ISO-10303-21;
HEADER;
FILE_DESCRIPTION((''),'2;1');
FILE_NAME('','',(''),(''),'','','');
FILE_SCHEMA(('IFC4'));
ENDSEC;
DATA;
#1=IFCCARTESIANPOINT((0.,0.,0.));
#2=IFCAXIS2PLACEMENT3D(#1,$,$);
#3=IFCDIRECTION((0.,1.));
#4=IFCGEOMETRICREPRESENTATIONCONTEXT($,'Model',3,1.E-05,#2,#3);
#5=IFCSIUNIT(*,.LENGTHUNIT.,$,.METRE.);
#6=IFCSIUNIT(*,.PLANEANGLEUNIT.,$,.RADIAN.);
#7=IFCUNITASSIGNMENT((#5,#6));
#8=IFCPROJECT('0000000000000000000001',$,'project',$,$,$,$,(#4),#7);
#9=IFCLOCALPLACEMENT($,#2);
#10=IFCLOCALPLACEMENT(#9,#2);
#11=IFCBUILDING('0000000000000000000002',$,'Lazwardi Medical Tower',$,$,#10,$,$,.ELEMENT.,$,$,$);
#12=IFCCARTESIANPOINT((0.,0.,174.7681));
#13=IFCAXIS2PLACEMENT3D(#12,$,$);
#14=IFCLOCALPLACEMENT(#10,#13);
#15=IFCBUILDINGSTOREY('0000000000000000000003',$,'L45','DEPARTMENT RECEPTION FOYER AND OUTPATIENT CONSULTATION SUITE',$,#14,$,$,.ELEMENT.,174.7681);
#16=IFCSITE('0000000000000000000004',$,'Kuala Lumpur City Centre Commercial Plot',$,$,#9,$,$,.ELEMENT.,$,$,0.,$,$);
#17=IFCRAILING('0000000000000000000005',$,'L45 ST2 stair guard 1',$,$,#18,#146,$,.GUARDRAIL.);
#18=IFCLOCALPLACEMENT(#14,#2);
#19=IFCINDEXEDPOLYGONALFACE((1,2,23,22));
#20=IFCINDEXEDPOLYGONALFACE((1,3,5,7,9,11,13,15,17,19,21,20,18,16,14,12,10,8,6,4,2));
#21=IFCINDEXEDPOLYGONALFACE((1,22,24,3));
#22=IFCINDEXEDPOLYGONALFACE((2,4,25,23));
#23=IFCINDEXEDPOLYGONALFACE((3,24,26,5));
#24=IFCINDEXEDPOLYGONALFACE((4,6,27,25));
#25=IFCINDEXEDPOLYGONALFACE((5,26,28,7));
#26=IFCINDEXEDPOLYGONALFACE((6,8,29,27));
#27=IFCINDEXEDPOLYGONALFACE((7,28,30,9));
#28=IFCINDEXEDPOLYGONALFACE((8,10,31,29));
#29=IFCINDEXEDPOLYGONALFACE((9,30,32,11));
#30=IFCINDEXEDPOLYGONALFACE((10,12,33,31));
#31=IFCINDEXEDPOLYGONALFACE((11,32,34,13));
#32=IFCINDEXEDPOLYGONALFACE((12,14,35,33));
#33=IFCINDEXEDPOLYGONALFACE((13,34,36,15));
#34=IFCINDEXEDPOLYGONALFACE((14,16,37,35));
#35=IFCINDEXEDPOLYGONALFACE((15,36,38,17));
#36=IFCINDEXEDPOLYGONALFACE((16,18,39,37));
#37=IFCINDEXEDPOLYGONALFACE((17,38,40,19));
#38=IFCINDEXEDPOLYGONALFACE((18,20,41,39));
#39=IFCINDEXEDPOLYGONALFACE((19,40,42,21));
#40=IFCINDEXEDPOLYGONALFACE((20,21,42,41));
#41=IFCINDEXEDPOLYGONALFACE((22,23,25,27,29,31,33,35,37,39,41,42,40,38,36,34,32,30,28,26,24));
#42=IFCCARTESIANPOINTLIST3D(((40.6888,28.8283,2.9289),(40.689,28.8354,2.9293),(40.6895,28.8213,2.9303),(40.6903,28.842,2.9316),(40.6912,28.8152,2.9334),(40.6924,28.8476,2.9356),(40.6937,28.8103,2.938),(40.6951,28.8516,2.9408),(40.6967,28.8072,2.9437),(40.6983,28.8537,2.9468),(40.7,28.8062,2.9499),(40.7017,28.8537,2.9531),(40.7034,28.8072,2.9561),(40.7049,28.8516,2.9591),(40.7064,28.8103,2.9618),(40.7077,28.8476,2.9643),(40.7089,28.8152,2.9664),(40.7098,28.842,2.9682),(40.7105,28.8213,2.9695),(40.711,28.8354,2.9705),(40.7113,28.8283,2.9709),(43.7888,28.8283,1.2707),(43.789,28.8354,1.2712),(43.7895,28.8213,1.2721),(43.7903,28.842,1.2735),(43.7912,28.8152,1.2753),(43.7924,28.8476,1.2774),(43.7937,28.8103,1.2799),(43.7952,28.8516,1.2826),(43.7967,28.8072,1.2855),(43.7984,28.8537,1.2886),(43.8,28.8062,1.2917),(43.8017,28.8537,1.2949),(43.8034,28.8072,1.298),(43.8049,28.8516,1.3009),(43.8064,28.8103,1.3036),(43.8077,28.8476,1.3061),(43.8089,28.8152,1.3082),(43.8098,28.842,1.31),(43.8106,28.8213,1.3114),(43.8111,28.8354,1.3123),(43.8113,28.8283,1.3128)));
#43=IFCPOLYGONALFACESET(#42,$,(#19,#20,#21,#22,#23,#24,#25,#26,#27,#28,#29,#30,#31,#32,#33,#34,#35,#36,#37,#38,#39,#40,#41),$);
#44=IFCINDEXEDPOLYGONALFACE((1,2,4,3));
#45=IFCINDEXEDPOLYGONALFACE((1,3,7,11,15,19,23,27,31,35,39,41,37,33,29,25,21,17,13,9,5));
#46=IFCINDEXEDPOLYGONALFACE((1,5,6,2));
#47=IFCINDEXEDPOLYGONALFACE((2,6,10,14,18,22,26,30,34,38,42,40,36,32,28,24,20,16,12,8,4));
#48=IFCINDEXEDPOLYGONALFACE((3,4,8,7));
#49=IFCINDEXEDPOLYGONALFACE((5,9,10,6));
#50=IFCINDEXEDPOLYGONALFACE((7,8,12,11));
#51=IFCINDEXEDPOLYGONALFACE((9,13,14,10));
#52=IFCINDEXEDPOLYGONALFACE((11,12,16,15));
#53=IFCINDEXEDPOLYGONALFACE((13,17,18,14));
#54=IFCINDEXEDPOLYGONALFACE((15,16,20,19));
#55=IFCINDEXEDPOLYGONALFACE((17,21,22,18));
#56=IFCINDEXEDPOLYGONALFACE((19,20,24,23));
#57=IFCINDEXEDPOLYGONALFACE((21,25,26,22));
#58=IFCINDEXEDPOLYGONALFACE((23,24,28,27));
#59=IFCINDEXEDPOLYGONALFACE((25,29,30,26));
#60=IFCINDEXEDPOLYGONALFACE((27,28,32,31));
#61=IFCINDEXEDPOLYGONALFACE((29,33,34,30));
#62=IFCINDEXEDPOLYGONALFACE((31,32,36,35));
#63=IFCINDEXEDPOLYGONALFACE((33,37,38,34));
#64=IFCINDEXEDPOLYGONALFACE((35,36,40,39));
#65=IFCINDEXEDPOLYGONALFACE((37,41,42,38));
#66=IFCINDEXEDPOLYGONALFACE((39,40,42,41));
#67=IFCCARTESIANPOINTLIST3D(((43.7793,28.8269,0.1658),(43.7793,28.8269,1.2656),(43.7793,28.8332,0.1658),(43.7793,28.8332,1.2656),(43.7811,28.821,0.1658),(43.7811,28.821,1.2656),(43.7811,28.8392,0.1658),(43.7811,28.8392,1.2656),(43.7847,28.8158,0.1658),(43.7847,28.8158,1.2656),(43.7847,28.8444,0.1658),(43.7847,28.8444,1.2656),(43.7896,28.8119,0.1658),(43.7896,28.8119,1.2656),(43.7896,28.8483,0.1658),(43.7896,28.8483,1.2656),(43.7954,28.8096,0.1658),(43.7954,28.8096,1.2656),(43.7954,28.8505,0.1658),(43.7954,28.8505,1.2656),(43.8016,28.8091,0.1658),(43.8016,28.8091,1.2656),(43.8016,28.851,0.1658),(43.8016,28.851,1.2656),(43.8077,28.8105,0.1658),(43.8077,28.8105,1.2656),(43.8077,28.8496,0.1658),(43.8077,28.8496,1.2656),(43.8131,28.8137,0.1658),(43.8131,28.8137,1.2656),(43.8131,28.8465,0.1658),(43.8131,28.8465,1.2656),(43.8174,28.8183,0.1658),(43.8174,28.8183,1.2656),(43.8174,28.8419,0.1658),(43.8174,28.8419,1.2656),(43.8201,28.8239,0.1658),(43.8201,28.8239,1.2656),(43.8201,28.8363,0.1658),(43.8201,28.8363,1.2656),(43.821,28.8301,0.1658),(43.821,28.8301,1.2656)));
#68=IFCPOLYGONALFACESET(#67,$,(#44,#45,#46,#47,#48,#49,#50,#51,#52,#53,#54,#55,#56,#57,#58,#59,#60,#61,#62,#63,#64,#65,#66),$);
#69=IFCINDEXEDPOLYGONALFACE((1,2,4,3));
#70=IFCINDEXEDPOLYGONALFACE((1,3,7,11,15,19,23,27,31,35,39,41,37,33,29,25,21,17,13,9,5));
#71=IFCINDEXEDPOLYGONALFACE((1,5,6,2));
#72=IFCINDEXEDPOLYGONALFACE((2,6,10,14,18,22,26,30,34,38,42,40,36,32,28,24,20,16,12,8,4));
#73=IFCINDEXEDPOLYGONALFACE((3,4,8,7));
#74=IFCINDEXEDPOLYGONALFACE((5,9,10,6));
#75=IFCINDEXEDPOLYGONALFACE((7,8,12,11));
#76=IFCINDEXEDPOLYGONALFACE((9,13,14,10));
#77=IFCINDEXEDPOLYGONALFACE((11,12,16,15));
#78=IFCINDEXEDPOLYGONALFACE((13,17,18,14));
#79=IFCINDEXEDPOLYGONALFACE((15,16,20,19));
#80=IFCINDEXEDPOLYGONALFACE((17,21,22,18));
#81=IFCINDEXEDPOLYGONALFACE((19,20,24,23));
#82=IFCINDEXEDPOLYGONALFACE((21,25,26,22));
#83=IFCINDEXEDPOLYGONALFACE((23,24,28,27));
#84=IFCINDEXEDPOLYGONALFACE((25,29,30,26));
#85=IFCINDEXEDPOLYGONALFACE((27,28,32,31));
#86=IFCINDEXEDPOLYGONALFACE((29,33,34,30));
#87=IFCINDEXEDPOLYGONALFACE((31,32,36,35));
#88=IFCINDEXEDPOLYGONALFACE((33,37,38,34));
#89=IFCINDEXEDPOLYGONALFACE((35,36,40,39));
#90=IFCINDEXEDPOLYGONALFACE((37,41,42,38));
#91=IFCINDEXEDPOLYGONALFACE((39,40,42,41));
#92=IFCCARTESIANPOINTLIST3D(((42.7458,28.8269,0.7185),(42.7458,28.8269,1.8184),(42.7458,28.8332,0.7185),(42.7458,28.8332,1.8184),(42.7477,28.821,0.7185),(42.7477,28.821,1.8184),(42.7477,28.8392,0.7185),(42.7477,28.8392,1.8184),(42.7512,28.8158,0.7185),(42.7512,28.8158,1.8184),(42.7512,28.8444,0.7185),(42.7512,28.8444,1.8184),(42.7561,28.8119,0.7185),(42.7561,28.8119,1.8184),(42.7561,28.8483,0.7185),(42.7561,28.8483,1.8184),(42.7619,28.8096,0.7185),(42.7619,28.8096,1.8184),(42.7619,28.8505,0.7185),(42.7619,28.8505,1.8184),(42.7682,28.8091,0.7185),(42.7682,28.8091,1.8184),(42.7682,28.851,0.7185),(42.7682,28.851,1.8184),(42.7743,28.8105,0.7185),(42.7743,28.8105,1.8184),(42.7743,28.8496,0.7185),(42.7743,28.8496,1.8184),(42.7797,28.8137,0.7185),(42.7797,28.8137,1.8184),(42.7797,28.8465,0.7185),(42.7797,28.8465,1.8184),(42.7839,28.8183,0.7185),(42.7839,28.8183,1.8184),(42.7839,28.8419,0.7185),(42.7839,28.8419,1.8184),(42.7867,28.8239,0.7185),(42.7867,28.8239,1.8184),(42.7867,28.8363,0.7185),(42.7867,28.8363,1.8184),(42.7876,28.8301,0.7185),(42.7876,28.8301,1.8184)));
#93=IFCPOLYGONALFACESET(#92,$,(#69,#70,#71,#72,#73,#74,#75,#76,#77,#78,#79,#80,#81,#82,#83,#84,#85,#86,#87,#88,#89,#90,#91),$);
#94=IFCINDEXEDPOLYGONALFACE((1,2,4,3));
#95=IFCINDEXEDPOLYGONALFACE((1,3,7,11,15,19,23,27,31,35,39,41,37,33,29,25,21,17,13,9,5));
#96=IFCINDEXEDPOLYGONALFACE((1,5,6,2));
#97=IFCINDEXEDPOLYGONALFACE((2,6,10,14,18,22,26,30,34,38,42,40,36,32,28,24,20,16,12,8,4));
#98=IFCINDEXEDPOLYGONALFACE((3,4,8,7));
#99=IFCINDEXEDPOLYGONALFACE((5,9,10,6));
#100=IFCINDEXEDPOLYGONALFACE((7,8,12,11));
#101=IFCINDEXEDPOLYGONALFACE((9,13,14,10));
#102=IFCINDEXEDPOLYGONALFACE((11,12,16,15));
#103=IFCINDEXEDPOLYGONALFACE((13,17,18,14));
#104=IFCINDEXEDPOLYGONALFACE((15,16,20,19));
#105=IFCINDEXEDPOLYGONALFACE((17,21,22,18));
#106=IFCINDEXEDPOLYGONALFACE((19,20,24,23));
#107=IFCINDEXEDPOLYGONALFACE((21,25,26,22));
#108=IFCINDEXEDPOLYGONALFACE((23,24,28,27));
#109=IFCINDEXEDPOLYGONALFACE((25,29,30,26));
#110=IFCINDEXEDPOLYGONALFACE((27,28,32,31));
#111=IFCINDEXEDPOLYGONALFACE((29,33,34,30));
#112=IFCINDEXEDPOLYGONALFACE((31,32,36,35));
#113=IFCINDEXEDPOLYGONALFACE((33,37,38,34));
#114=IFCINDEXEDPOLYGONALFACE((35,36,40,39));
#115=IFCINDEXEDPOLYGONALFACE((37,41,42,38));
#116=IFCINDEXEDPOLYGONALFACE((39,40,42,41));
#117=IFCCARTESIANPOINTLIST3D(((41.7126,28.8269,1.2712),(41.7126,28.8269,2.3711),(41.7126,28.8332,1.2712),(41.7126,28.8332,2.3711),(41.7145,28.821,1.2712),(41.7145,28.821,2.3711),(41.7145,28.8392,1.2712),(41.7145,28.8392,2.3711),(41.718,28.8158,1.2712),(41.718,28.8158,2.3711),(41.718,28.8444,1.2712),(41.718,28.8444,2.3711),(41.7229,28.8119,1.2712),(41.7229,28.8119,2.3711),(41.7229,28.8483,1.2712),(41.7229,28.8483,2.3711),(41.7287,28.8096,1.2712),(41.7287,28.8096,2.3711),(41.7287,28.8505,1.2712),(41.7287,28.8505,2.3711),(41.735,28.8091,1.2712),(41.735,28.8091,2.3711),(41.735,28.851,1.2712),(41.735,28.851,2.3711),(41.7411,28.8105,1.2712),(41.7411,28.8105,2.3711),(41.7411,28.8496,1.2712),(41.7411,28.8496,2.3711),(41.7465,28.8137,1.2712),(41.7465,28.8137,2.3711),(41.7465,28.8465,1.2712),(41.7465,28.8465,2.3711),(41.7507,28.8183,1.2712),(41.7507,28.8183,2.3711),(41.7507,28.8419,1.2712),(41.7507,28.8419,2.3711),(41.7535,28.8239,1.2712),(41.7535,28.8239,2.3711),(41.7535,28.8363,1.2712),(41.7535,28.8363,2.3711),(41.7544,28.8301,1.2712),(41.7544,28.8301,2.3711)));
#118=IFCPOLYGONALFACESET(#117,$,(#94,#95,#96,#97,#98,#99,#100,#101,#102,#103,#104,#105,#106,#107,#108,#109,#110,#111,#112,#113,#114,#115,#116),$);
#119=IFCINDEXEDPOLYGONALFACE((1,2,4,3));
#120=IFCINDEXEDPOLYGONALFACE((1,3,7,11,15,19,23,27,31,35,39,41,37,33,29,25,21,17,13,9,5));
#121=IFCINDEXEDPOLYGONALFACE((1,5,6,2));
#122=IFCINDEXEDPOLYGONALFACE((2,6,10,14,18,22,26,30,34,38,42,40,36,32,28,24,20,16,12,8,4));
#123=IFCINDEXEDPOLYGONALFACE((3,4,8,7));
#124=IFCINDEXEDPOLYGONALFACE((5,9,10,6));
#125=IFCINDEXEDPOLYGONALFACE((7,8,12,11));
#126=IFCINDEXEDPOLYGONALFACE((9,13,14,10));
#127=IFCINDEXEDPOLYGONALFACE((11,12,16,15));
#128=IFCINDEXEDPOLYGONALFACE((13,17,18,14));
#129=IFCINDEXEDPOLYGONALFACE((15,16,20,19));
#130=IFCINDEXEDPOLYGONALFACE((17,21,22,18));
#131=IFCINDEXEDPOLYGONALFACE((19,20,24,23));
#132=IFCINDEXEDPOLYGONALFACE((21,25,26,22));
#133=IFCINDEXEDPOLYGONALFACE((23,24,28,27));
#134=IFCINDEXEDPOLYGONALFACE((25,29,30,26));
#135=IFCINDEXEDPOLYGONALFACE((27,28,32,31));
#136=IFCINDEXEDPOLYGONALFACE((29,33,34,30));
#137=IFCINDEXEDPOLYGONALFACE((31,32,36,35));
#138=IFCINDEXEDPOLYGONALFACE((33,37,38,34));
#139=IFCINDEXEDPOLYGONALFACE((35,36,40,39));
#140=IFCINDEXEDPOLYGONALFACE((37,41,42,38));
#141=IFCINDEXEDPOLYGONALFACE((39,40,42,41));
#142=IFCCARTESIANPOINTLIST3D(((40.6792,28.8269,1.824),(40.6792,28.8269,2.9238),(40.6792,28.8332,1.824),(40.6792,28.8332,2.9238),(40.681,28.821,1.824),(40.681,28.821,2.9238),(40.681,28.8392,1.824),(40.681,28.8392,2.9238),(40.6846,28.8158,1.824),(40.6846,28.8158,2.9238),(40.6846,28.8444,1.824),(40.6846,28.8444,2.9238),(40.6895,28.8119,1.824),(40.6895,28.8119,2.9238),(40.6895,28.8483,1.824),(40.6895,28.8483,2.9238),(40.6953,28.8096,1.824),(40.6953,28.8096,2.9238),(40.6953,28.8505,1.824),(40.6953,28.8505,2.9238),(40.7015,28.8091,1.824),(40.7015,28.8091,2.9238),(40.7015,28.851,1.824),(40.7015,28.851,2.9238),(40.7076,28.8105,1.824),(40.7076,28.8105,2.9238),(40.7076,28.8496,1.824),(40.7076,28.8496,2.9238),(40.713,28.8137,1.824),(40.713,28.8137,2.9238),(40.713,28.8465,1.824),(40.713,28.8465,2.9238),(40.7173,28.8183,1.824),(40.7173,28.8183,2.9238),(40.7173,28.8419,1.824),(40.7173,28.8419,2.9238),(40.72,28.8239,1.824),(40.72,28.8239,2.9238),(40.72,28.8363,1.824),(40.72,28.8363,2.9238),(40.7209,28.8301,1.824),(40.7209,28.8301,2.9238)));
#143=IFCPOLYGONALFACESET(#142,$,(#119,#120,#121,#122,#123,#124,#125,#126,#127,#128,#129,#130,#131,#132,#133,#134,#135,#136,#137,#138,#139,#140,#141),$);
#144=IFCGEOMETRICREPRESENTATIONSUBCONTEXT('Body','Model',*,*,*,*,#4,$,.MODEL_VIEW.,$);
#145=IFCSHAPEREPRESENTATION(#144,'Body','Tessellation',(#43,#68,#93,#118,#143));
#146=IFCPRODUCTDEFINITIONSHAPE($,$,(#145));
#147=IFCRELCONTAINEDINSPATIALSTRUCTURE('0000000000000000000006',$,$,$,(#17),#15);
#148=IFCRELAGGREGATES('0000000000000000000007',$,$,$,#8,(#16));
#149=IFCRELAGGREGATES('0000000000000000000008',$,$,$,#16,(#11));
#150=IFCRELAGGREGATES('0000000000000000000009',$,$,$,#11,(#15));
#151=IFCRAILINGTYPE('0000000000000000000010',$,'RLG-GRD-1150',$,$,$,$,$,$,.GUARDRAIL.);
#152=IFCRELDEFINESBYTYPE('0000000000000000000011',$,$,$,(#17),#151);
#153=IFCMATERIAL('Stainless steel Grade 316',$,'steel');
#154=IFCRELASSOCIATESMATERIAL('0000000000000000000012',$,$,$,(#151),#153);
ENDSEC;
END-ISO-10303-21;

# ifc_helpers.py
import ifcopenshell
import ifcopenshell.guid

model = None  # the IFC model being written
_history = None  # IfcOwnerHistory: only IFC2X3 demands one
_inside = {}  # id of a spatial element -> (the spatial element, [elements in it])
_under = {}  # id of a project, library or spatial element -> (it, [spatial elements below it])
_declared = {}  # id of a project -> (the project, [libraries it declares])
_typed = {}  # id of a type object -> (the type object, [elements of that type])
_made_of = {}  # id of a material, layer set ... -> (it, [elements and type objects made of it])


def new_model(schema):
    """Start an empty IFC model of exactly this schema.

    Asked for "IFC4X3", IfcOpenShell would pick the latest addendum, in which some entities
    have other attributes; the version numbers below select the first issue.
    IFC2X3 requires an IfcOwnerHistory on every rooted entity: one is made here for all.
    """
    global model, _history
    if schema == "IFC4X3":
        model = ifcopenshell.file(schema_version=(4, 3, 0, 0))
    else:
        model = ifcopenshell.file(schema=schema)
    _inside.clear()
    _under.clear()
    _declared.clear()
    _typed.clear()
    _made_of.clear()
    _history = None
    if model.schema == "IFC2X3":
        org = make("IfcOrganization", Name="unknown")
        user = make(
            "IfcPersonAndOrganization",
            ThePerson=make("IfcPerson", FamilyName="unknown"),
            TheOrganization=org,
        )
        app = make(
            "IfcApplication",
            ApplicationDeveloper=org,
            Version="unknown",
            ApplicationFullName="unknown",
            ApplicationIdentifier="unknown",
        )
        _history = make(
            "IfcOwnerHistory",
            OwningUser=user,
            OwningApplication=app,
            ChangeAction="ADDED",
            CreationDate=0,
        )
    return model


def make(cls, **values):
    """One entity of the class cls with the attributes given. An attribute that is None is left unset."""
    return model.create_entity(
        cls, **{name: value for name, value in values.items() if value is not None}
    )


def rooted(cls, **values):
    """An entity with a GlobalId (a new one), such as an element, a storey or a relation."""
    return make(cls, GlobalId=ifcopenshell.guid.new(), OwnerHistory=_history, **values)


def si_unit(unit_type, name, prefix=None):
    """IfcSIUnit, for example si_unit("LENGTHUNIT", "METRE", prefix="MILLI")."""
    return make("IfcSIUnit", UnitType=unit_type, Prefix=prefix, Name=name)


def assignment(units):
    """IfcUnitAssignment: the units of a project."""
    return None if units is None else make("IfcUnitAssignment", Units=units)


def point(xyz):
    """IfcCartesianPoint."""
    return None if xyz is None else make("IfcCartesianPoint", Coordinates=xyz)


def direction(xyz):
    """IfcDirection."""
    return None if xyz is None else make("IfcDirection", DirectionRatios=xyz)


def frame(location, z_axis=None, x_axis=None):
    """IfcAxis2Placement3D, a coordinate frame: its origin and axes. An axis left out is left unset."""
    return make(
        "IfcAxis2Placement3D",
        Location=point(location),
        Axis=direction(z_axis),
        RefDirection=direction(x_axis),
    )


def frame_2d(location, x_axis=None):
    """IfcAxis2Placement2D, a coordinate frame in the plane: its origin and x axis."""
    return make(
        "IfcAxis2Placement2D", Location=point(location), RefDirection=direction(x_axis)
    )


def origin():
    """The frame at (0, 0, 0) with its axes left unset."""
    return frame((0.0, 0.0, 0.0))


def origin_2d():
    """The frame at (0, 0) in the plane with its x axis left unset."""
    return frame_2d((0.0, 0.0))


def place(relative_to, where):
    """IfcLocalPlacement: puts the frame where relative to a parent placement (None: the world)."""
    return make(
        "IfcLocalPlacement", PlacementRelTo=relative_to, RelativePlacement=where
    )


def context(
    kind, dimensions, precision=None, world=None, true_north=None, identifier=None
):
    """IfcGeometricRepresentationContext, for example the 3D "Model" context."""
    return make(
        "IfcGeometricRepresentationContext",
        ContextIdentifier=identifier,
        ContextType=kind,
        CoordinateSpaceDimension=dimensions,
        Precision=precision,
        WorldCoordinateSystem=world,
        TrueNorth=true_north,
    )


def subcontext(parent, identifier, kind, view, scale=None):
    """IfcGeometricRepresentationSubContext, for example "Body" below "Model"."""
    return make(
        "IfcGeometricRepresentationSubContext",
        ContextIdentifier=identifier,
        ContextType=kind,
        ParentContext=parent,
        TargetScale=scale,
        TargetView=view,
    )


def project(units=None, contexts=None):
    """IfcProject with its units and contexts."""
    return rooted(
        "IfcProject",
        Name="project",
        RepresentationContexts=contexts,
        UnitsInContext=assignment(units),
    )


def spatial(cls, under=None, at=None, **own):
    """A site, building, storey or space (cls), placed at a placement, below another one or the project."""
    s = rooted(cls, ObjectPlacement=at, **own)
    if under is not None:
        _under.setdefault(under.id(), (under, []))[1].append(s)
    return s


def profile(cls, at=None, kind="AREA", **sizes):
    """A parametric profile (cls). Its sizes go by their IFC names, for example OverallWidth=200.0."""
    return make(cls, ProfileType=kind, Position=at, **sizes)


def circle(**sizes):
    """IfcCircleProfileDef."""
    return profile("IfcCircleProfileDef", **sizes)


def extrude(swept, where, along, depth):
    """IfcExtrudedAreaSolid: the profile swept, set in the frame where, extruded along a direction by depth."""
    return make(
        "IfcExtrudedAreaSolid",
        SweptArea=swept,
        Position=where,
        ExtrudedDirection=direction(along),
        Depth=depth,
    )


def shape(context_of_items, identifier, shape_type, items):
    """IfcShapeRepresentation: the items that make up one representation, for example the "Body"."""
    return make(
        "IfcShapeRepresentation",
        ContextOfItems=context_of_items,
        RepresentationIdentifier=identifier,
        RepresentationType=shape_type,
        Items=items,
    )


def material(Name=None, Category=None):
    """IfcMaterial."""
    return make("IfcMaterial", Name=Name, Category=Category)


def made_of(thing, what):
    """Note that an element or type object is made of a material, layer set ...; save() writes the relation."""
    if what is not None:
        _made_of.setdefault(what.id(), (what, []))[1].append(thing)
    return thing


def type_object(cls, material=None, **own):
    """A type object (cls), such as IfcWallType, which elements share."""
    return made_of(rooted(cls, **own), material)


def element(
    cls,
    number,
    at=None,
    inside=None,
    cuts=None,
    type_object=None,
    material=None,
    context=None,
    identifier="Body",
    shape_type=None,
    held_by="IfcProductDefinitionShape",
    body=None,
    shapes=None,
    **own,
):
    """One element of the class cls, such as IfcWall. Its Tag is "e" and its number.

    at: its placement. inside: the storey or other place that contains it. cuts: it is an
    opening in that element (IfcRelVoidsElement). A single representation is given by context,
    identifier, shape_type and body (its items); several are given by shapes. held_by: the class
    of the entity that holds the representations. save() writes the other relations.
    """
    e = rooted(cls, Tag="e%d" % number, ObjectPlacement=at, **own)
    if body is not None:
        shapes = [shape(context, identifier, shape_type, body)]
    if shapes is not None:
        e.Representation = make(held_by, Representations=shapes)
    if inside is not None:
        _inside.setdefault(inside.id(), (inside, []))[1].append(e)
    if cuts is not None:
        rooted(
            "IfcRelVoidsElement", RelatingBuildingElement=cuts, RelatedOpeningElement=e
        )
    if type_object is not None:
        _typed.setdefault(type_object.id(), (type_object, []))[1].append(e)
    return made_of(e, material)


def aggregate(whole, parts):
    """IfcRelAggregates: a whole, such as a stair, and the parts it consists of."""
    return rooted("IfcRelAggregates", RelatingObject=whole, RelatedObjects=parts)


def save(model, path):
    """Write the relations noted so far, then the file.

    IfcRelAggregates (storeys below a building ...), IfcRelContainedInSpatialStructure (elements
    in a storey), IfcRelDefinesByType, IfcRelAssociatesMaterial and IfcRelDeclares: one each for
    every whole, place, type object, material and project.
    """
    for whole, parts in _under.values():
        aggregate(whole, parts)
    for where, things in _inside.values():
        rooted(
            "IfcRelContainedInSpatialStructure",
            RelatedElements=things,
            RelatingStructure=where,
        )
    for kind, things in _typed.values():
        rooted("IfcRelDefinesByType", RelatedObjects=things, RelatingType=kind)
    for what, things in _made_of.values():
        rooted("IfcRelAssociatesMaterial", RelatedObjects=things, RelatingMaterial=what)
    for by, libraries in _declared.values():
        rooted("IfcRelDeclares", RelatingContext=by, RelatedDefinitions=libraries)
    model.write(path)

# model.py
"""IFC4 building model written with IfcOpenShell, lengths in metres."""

from ifc_helpers import new_model, si_unit, direction, frame, origin, origin_2d, place, context, subcontext, project, spatial, circle, extrude, material, type_object, element, save


model = new_model("IFC4")

# Units and contexts
model_context = context("Model", 3, precision=1e-05, world=origin(), true_north=direction((0.0, 1.0)))
body_context = subcontext(model_context, "Body", "Model", "MODEL_VIEW")
ifc_project = project(units=[si_unit("LENGTHUNIT", "METRE"), si_unit("PLANEANGLEUNIT", "RADIAN")], contexts=[model_context])

# Site, building, storey
site_placement = place(None, origin())
site = spatial("IfcSite", under=ifc_project, at=site_placement, Name="Kuala Lumpur City Centre Commercial Plot", CompositionType="ELEMENT", RefElevation=0.0)
building_placement = place(site_placement, origin())
building = spatial("IfcBuilding", under=site, at=building_placement, Name="Lazwardi Medical Tower", CompositionType="ELEMENT")
storey_placement = place(building_placement, frame((0.0, 0.0, 174.7681)))
storey = spatial("IfcBuildingStorey", under=building, at=storey_placement, Name="L45", Description="DEPARTMENT RECEPTION FOYER AND OUTPATIENT CONSULTATION SUITE", CompositionType="ELEMENT", Elevation=174.7681)

# Railing
ifc_material_1 = material(Name="Stainless steel Grade 316", Category="steel")
railing_type_1 = type_object("IfcRailingType", Name="RLG-GRD-1150", PredefinedType="GUARDRAIL", material=ifc_material_1)
railing_1_placement = place(storey_placement, frame((43.8, 28.8301, 0.1658)))
element("IfcRailing", 1, at=railing_1_placement, inside=storey, type_object=railing_type_1, Name="L45 ST2 stair guard 1", PredefinedType="GUARDRAIL", context=body_context, shape_type="SweptSolid", body=[
    extrude(circle(Radius=0.0239, at=origin_2d()), frame((0.0, 0.0, 1.126), z_axis=(-0.881783, 0.0, 0.471655), x_axis=(0.0, -1.0, 0.0)), (0.0, 0.0, 1.0), 3.5156),
    extrude(circle(Radius=0.021, at=origin_2d()), origin(), (0.0, 0.0, 1.0), 1.0999),
    extrude(circle(Radius=0.021, at=origin_2d()), frame((-1.0334, 0.0, 0.5527)), (0.0, 0.0, 1.0), 1.0999),
    extrude(circle(Radius=0.021, at=origin_2d()), frame((-2.0667, 0.0, 1.1055)), (0.0, 0.0, 1.0), 1.0999),
    extrude(circle(Radius=0.021, at=origin_2d()), frame((-3.1001, 0.0, 1.6582)), (0.0, 0.0, 1.0), 1.0999),
])

save(model, "model.ifc")
